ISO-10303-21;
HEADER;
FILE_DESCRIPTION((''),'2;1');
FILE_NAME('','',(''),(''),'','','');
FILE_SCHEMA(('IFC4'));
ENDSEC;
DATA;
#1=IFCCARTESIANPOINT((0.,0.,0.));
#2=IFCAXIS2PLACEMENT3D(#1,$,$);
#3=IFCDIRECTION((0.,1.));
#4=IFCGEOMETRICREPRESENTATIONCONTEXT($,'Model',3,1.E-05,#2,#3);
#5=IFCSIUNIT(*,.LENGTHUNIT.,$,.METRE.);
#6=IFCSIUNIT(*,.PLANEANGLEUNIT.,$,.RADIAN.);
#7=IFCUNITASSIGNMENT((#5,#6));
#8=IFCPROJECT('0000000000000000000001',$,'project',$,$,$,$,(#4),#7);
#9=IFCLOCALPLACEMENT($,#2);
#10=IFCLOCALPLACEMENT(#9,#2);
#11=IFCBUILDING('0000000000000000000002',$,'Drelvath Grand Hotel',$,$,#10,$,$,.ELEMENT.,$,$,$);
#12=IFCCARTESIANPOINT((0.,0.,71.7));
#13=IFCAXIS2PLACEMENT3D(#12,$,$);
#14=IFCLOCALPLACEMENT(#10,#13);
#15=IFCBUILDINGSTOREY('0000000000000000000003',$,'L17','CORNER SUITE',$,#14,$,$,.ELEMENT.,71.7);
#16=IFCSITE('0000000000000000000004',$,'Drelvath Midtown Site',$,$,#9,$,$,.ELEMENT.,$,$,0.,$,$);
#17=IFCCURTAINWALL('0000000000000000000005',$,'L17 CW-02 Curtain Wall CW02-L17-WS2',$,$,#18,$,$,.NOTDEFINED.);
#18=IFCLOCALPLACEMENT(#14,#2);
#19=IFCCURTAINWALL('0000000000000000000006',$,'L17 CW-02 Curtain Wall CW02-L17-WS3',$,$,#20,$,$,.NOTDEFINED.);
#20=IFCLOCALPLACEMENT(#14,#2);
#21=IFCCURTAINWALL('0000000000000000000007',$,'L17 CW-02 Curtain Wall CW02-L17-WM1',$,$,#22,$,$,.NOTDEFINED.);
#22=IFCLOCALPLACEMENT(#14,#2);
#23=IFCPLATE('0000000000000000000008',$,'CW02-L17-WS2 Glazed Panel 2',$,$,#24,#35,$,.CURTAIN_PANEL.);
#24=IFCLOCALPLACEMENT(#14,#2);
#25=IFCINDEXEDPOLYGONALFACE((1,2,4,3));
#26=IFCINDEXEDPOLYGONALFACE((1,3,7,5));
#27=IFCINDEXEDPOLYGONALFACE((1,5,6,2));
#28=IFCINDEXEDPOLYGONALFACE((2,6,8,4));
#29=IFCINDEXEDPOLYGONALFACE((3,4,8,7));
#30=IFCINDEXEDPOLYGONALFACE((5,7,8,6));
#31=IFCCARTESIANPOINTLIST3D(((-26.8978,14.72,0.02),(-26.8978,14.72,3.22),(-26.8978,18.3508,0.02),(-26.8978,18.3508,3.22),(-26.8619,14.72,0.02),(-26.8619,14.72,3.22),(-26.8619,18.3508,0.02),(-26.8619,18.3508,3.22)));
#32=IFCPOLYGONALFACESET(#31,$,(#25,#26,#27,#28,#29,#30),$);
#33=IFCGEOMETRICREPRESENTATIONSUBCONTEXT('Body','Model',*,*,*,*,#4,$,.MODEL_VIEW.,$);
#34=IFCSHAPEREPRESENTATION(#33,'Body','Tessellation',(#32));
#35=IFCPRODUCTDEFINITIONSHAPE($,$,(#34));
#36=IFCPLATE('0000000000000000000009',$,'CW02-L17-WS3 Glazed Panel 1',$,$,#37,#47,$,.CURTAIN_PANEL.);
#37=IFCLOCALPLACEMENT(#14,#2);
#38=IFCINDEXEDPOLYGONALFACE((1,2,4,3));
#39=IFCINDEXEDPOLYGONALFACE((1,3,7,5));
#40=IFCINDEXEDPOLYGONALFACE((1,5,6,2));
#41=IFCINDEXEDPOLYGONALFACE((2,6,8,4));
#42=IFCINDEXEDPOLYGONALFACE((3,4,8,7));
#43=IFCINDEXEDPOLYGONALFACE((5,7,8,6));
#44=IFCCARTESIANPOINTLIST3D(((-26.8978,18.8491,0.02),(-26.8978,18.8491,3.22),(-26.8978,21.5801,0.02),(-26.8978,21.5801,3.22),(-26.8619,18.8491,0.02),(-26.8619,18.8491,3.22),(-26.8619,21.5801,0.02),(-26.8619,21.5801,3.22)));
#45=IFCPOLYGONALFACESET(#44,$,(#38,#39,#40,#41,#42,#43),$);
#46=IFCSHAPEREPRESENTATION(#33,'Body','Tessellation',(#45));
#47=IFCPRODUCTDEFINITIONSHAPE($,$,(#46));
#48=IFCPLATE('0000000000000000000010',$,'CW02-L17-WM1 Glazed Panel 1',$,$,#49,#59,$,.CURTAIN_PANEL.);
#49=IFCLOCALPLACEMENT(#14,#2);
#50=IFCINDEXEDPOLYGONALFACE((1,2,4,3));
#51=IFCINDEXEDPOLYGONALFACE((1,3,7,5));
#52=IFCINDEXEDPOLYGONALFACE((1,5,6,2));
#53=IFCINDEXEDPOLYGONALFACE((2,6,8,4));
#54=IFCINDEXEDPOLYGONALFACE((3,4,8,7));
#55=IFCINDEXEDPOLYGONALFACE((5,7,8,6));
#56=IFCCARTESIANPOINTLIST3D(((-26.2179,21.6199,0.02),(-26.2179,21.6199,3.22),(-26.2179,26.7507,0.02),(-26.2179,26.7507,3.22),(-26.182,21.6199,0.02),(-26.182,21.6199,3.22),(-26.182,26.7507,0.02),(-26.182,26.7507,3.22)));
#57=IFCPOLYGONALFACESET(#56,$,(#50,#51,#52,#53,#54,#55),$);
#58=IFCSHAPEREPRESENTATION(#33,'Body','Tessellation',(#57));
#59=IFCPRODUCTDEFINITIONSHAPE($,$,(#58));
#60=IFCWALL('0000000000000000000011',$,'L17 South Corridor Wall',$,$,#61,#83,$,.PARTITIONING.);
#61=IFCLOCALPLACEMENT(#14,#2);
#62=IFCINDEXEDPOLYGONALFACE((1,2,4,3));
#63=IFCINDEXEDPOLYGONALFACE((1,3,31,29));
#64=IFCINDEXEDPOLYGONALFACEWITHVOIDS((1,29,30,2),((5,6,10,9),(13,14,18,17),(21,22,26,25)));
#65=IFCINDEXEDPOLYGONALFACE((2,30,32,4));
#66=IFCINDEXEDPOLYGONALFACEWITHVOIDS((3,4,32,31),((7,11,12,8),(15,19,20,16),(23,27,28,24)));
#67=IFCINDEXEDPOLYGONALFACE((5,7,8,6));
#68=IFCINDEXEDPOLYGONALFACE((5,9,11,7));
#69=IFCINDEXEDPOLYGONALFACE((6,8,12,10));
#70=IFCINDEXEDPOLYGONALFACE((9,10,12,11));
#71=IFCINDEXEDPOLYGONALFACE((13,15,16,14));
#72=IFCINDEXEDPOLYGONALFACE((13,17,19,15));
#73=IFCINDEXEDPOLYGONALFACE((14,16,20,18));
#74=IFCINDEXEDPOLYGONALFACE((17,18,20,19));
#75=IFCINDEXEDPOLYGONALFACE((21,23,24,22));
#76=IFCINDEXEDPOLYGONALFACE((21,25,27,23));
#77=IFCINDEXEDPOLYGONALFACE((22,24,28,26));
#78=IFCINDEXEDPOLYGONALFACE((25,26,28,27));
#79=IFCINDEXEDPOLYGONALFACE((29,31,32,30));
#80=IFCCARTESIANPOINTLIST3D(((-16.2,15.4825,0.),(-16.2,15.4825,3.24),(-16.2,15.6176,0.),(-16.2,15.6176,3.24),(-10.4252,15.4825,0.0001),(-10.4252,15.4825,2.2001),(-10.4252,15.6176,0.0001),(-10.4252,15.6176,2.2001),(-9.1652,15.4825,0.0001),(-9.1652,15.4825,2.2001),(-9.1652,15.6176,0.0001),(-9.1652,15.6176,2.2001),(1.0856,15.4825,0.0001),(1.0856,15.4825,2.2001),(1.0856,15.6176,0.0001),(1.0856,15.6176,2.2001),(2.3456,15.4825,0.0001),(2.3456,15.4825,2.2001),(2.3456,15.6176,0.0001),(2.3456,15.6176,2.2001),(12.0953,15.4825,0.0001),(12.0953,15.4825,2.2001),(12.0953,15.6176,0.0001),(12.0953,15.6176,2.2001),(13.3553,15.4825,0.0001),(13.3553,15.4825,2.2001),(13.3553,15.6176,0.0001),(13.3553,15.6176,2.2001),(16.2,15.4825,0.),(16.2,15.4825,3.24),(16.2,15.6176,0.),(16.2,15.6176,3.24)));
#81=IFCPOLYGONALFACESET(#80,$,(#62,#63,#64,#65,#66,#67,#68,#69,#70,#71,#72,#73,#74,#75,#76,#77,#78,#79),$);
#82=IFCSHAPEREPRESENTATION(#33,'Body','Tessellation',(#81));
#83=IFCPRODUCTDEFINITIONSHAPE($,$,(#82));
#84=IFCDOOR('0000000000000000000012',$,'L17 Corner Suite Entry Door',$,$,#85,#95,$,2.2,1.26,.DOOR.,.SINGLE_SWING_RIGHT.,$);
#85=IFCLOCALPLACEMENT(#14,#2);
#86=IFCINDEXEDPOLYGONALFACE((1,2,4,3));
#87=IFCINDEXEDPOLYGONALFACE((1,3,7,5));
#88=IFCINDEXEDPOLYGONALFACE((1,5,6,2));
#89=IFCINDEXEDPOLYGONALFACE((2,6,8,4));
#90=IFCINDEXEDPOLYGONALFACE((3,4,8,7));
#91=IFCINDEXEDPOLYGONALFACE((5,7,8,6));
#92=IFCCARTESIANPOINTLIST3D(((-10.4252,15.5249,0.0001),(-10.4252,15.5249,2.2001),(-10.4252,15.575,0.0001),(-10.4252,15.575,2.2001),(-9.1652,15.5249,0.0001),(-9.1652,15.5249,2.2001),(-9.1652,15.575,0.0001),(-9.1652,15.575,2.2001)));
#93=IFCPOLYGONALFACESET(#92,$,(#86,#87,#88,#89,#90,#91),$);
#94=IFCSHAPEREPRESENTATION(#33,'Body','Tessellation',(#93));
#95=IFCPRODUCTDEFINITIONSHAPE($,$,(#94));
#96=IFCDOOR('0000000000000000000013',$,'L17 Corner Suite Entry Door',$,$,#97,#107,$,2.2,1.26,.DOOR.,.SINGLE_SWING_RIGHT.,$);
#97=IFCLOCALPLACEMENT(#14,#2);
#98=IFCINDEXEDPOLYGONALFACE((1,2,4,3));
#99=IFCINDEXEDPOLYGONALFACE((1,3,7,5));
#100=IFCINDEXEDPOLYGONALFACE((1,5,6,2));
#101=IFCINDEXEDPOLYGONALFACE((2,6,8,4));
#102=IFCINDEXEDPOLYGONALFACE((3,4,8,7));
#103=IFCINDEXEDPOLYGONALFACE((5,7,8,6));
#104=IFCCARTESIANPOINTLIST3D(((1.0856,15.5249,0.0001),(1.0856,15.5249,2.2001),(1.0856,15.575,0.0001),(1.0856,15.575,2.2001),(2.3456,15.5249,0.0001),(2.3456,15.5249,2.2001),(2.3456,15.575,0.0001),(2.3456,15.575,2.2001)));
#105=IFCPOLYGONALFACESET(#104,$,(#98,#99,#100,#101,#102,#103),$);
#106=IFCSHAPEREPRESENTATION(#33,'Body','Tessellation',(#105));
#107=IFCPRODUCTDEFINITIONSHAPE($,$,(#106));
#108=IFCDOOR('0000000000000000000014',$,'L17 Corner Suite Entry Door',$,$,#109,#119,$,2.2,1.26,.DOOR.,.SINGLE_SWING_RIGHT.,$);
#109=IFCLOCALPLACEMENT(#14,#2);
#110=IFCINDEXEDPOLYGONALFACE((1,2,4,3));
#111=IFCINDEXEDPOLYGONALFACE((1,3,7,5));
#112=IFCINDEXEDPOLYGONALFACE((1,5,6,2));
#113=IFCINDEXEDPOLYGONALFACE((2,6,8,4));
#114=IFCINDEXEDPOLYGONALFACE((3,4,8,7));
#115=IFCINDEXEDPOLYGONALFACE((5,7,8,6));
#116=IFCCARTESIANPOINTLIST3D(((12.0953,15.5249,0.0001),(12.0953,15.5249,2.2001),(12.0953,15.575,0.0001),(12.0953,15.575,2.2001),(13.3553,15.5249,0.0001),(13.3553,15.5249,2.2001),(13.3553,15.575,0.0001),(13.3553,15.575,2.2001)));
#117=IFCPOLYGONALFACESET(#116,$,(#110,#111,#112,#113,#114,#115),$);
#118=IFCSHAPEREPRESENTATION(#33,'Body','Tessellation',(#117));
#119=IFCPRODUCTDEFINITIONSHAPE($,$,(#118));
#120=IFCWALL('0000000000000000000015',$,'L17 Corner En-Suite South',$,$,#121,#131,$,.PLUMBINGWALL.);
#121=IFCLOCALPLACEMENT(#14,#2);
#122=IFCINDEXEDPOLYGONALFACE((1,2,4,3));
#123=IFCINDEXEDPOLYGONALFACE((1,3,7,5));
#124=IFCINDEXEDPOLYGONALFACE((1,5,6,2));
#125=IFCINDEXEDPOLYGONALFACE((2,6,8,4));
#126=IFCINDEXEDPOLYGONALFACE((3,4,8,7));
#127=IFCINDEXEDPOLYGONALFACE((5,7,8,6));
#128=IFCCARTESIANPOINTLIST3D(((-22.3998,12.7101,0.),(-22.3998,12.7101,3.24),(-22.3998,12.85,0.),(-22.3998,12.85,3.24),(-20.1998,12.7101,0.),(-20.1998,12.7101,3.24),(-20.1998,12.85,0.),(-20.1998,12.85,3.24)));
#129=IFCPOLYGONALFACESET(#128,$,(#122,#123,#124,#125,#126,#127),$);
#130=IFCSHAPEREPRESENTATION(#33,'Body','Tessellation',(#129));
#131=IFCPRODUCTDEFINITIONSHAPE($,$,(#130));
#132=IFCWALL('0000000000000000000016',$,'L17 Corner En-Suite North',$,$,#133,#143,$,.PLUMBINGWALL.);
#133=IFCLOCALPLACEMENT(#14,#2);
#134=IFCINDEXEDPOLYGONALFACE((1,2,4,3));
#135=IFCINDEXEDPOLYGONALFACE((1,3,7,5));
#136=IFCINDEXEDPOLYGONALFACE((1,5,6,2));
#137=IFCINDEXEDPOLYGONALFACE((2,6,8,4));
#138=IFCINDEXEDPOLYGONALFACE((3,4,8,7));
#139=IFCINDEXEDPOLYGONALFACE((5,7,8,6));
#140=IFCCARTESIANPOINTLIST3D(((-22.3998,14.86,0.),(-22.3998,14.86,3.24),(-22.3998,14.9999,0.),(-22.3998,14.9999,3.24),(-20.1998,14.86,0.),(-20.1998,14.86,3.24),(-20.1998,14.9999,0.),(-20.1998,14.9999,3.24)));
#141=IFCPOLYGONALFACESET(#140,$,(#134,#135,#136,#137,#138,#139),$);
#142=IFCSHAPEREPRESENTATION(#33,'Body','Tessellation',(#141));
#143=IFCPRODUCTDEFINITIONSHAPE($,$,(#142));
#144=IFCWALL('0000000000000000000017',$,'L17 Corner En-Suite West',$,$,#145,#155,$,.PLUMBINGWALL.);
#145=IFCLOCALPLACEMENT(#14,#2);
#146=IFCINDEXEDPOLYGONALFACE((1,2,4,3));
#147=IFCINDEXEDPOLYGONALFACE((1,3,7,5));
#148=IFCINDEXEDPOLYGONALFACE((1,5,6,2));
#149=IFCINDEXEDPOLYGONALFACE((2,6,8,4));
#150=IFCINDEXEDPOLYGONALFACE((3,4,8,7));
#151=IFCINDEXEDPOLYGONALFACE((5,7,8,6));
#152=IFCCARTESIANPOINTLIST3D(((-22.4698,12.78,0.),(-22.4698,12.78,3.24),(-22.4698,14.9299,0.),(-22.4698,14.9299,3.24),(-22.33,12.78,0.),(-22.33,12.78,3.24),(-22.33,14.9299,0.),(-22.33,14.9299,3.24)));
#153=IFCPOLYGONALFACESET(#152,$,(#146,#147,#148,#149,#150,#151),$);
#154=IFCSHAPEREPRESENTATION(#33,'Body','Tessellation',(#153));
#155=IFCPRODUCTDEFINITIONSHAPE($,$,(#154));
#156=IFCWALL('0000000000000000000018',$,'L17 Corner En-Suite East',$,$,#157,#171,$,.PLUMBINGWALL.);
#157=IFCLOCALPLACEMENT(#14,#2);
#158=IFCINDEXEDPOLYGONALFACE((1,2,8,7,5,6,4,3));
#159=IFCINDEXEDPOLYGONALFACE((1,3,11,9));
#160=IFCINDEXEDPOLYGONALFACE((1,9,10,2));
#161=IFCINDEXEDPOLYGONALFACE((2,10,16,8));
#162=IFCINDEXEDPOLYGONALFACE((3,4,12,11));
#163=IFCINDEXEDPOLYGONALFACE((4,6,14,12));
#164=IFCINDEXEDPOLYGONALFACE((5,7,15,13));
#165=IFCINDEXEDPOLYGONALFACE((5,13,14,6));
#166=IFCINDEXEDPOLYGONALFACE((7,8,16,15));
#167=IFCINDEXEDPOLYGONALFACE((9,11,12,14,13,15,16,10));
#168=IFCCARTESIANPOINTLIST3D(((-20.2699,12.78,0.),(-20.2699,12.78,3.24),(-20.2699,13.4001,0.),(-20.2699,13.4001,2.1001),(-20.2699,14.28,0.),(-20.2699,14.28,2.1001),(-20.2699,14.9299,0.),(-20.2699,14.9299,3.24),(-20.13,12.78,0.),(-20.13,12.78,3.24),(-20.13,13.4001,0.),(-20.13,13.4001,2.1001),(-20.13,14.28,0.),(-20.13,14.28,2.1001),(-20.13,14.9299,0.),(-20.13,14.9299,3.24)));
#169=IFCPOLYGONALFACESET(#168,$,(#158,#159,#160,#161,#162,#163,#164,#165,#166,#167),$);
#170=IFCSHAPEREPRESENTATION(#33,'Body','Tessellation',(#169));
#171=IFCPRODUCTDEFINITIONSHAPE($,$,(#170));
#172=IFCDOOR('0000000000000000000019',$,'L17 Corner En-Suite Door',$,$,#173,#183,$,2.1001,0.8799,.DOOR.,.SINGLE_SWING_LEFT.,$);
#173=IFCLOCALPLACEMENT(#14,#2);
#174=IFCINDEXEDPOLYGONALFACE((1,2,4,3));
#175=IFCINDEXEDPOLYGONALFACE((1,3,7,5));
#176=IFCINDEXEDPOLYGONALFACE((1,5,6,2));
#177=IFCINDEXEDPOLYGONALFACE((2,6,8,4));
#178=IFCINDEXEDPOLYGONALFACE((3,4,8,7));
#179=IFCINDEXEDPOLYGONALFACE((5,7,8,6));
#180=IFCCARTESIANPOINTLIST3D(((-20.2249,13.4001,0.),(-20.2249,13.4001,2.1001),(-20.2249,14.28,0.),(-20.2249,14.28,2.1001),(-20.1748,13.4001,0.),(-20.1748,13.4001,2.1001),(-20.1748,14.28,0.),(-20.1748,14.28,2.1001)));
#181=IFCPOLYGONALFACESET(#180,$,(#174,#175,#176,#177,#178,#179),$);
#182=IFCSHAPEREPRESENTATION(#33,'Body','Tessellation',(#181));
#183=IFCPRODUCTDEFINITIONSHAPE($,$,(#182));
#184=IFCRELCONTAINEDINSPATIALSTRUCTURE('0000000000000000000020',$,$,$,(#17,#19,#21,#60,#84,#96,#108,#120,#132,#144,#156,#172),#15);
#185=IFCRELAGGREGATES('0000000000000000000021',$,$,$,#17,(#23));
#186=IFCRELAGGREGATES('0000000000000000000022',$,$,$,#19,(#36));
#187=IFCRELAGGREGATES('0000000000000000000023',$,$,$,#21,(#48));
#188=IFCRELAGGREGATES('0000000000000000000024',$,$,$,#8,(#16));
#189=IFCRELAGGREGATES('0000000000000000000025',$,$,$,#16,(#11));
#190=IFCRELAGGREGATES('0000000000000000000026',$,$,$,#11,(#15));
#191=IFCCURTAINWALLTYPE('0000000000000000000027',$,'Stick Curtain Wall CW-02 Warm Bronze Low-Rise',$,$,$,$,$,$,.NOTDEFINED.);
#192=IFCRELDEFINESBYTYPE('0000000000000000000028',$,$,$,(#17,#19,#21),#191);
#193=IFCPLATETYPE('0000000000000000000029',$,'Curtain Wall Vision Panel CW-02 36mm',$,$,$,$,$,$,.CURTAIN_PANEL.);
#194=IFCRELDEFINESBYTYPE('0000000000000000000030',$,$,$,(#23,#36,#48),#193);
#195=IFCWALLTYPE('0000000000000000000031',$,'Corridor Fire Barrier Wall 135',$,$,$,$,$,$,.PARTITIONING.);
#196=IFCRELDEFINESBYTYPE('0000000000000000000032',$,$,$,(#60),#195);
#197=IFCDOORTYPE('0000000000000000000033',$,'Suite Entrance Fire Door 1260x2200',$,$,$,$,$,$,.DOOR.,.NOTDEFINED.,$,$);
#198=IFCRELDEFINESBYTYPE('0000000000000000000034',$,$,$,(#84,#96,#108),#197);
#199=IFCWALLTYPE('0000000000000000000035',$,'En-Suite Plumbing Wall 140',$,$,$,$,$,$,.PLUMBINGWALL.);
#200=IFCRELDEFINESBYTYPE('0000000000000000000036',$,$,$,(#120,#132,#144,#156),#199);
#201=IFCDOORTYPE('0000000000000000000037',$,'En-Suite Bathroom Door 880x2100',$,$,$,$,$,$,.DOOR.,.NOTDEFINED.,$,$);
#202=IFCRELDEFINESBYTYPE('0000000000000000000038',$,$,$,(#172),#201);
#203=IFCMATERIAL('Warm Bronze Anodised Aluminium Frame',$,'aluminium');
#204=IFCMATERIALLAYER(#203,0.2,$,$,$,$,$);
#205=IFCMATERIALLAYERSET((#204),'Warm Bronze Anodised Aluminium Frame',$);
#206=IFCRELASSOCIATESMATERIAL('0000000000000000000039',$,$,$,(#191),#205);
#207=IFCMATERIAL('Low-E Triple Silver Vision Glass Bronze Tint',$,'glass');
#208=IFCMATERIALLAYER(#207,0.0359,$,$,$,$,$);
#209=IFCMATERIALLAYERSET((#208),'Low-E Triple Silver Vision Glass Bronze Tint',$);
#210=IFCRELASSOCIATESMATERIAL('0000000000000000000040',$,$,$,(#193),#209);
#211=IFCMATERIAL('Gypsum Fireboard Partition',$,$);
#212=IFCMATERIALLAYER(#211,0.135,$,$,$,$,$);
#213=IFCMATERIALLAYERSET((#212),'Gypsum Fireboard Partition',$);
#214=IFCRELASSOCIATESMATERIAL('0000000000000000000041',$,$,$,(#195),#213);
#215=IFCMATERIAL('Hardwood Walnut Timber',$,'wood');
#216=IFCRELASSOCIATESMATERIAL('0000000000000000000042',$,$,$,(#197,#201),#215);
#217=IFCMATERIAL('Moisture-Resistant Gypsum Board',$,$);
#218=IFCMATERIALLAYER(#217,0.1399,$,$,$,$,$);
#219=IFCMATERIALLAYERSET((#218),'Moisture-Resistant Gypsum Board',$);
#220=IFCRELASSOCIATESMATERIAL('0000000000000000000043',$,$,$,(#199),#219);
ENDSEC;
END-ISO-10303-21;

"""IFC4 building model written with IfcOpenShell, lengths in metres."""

from ifc_helpers import new_model, si_unit, direction, frame, frame_2d, origin, origin_2d, place, context, subcontext, project, spatial, rectangle, extrude, material, layer, layer_set, type_object, element, fill, aggregate, save


model = new_model("IFC4")

# Units and contexts
model_context = context("Model", 3, precision=1e-05, world=origin(), true_north=direction((0.0, 1.0)))
body_context = subcontext(model_context, "Body", "Model", "MODEL_VIEW")
ifc_project = project(units=[si_unit("LENGTHUNIT", "METRE"), si_unit("PLANEANGLEUNIT", "RADIAN")], contexts=[model_context])

# Site, building, storey
site_placement = place(None, origin())
site = spatial("IfcSite", under=ifc_project, at=site_placement, Name="Drelvath Midtown Site", CompositionType="ELEMENT", RefElevation=0.0)
building_placement = place(site_placement, origin())
building = spatial("IfcBuilding", under=site, at=building_placement, Name="Drelvath Grand Hotel", CompositionType="ELEMENT")
storey_placement = place(building_placement, frame((0.0, 0.0, 71.7)))
storey = spatial("IfcBuildingStorey", under=building, at=storey_placement, Name="L17", Description="CORNER SUITE", CompositionType="ELEMENT", Elevation=71.7)

# Curtain walls
ifc_material_1 = material(Name="Warm Bronze Anodised Aluminium Frame", Category="aluminium")
ifc_layer_1 = layer(ifc_material_1, 0.2)
ifc_layer_set_1 = layer_set([ifc_layer_1], Name="Warm Bronze Anodised Aluminium Frame")
curtain_wall_type = type_object("IfcCurtainWallType", Name="Stick Curtain Wall CW-02 Warm Bronze Low-Rise", PredefinedType="NOTDEFINED", material=ifc_layer_set_1)
curtain_wall_1_placement = place(storey_placement, origin())
curtain_wall_1 = element("IfcCurtainWall", 1, at=curtain_wall_1_placement, inside=storey, type_object=curtain_wall_type, Name="L17 CW-02 Curtain Wall CW02-L17-WS2", PredefinedType="NOTDEFINED")
curtain_wall_2_placement = place(storey_placement, origin())
curtain_wall_2 = element("IfcCurtainWall", 2, at=curtain_wall_2_placement, inside=storey, type_object=curtain_wall_type, Name="L17 CW-02 Curtain Wall CW02-L17-WS3", PredefinedType="NOTDEFINED")
curtain_wall_3_placement = place(storey_placement, origin())
curtain_wall_3 = element("IfcCurtainWall", 3, at=curtain_wall_3_placement, inside=storey, type_object=curtain_wall_type, Name="L17 CW-02 Curtain Wall CW02-L17-WM1", PredefinedType="NOTDEFINED")

# Plates
ifc_material_2 = material(Name="Low-E Triple Silver Vision Glass Bronze Tint", Category="glass")
ifc_layer_2 = layer(ifc_material_2, 0.0359)
ifc_layer_set_2 = layer_set([ifc_layer_2], Name="Low-E Triple Silver Vision Glass Bronze Tint")
plate_type = type_object("IfcPlateType", Name="Curtain Wall Vision Panel CW-02 36mm", PredefinedType="CURTAIN_PANEL", material=ifc_layer_set_2)
plate_1_placement = place(storey_placement, frame((-26.8799, 16.5354, 0.02), z_axis=(0.0, 0.0, 1.0), x_axis=(0.0, 1.0, 0.0)))
plate_1 = element("IfcPlate", 4, at=plate_1_placement, type_object=plate_type, Name="CW02-L17-WS2 Glazed Panel 2", PredefinedType="CURTAIN_PANEL", context=body_context, shape_type="SweptSolid", body=[
    extrude(rectangle(XDim=3.6309, YDim=0.0359, at=origin_2d()), origin(), (0.0, 0.0, 1.0), 3.2),
])
aggregate(curtain_wall_1, [plate_1])
plate_2_placement = place(storey_placement, frame((-26.8799, 20.2146, 0.02), z_axis=(0.0, 0.0, 1.0), x_axis=(0.0, 1.0, 0.0)))
plate_2 = element("IfcPlate", 5, at=plate_2_placement, type_object=plate_type, Name="CW02-L17-WS3 Glazed Panel 1", PredefinedType="CURTAIN_PANEL", context=body_context, shape_type="SweptSolid", body=[
    extrude(rectangle(XDim=2.731, YDim=0.0359, at=origin_2d()), origin(), (0.0, 0.0, 1.0), 3.2),
])
aggregate(curtain_wall_2, [plate_2])
plate_3_placement = place(storey_placement, frame((-26.2, 24.1853, 0.02), z_axis=(0.0, 0.0, 1.0), x_axis=(0.0, 1.0, 0.0)))
plate_3 = element("IfcPlate", 6, at=plate_3_placement, type_object=plate_type, Name="CW02-L17-WM1 Glazed Panel 1", PredefinedType="CURTAIN_PANEL", context=body_context, shape_type="SweptSolid", body=[
    extrude(rectangle(XDim=5.1309, YDim=0.0359, at=origin_2d()), origin(), (0.0, 0.0, 1.0), 3.2),
])
aggregate(curtain_wall_3, [plate_3])

# Wall, openings, doors
ifc_material_3 = material(Name="Gypsum Fireboard Partition")
ifc_layer_3 = layer(ifc_material_3, 0.135)
ifc_layer_set_3 = layer_set([ifc_layer_3], Name="Gypsum Fireboard Partition")
wall_type_1 = type_object("IfcWallType", Name="Corridor Fire Barrier Wall 135", PredefinedType="PARTITIONING", material=ifc_layer_set_3)
wall_1_placement = place(storey_placement, frame((-16.2, 15.55, 0.0), z_axis=(0.0, 0.0, 1.0), x_axis=(1.0, 0.0, 0.0)))
wall_1 = element("IfcWall", 7, at=wall_1_placement, inside=storey, type_object=wall_type_1, Name="L17 South Corridor Wall", PredefinedType="PARTITIONING", context=body_context, shape_type="SweptSolid", body=[
    extrude(rectangle(XDim=32.3999, YDim=0.135, at=frame_2d((16.2, 0.0))), origin(), (0.0, 0.0, 1.0), 3.24),
])
opening_1_placement = place(wall_1_placement, frame((5.7749, 0.0, 0.0)))
opening_1 = element("IfcOpeningElement", 8, at=opening_1_placement, cuts=wall_1, PredefinedType="OPENING", context=body_context, shape_type="SweptSolid", body=[
    extrude(rectangle(XDim=1.26, YDim=2.2, at=frame_2d((0.6299, 1.1001))), frame((0.0, 0.0774, 0.0), z_axis=(0.0, -1.0, 0.0), x_axis=(1.0, 0.0, 0.0)), (0.0, 0.0, 1.0), 0.155),
])
opening_2_placement = place(wall_1_placement, frame((17.2856, 0.0, 0.0)))
opening_2 = element("IfcOpeningElement", 9, at=opening_2_placement, cuts=wall_1, PredefinedType="OPENING", context=body_context, shape_type="SweptSolid", body=[
    extrude(rectangle(XDim=1.26, YDim=2.2, at=frame_2d((0.6299, 1.1001))), frame((0.0, 0.0774, 0.0), z_axis=(0.0, -1.0, 0.0), x_axis=(1.0, 0.0, 0.0)), (0.0, 0.0, 1.0), 0.155),
])
opening_3_placement = place(wall_1_placement, frame((28.2954, 0.0, 0.0)))
opening_3 = element("IfcOpeningElement", 10, at=opening_3_placement, cuts=wall_1, PredefinedType="OPENING", context=body_context, shape_type="SweptSolid", body=[
    extrude(rectangle(XDim=1.26, YDim=2.2, at=frame_2d((0.6299, 1.1001))), frame((0.0, 0.0774, 0.0), z_axis=(0.0, -1.0, 0.0), x_axis=(1.0, 0.0, 0.0)), (0.0, 0.0, 1.0), 0.155),
])
ifc_material_4 = material(Name="Hardwood Walnut Timber", Category="wood")
door_type_1 = type_object("IfcDoorType", Name="Suite Entrance Fire Door 1260x2200", OperationType="NOTDEFINED", PredefinedType="DOOR", material=ifc_material_4)
door_1_placement = place(opening_1_placement, origin())
door_1 = element("IfcDoor", 11, at=door_1_placement, inside=storey, type_object=door_type_1, Name="L17 Corner Suite Entry Door", OperationType="SINGLE_SWING_RIGHT", OverallHeight=2.2, OverallWidth=1.26, PredefinedType="DOOR", context=body_context, shape_type="SweptSolid", body=[
    extrude(rectangle(XDim=1.26, YDim=2.2, at=frame_2d((0.6299, 1.1001))), frame((0.0, 0.0249, 0.0), z_axis=(0.0, -1.0, 0.0), x_axis=(1.0, 0.0, 0.0)), (0.0, 0.0, 1.0), 0.05),
])
fill(opening_1, door_1)
door_2_placement = place(opening_2_placement, origin())
door_2 = element("IfcDoor", 12, at=door_2_placement, inside=storey, type_object=door_type_1, Name="L17 Corner Suite Entry Door", OperationType="SINGLE_SWING_RIGHT", OverallHeight=2.2, OverallWidth=1.26, PredefinedType="DOOR", context=body_context, shape_type="SweptSolid", body=[
    extrude(rectangle(XDim=1.26, YDim=2.2, at=frame_2d((0.6299, 1.1001))), frame((0.0, 0.0249, 0.0), z_axis=(0.0, -1.0, 0.0), x_axis=(1.0, 0.0, 0.0)), (0.0, 0.0, 1.0), 0.05),
])
fill(opening_2, door_2)
door_3_placement = place(opening_3_placement, origin())
door_3 = element("IfcDoor", 13, at=door_3_placement, inside=storey, type_object=door_type_1, Name="L17 Corner Suite Entry Door", OperationType="SINGLE_SWING_RIGHT", OverallHeight=2.2, OverallWidth=1.26, PredefinedType="DOOR", context=body_context, shape_type="SweptSolid", body=[
    extrude(rectangle(XDim=1.26, YDim=2.2, at=frame_2d((0.6299, 1.1001))), frame((0.0, 0.0249, 0.0), z_axis=(0.0, -1.0, 0.0), x_axis=(1.0, 0.0, 0.0)), (0.0, 0.0, 1.0), 0.05),
])
fill(opening_3, door_3)

# Walls
ifc_material_5 = material(Name="Moisture-Resistant Gypsum Board")
ifc_layer_4 = layer(ifc_material_5, 0.1399)
ifc_layer_set_4 = layer_set([ifc_layer_4], Name="Moisture-Resistant Gypsum Board")
wall_type_2 = type_object("IfcWallType", Name="En-Suite Plumbing Wall 140", PredefinedType="PLUMBINGWALL", material=ifc_layer_set_4)
for number, where, z_axis, x_axis, name in (
    (14, (-22.3999, 12.78, 0.0), (0.0, 0.0, 1.0), (1.0, 0.0, 0.0), "L17 Corner En-Suite South"),
    (15, (-22.3999, 14.9299, 0.0), (0.0, 0.0, 1.0), (1.0, 0.0, 0.0), "L17 Corner En-Suite North"),
):
    element("IfcWall", number, at=place(storey_placement, frame(where, z_axis=z_axis, x_axis=x_axis)), inside=storey, type_object=wall_type_2, Name=name, PredefinedType="PLUMBINGWALL", context=body_context, shape_type="SweptSolid", body=[
        extrude(rectangle(XDim=2.2, YDim=0.1399, at=frame_2d((1.1001, 0.0))), origin(), (0.0, 0.0, 1.0), 3.24),
    ])
wall_2_placement = place(storey_placement, frame((-22.3999, 12.78, 0.0), z_axis=(0.0, 0.0, 1.0), x_axis=(0.0, 1.0, 0.0)))
element("IfcWall", 16, at=wall_2_placement, inside=storey, type_object=wall_type_2, Name="L17 Corner En-Suite West", PredefinedType="PLUMBINGWALL", context=body_context, shape_type="SweptSolid", body=[
    extrude(rectangle(XDim=2.1499, YDim=0.1399, at=frame_2d((1.075, 0.0))), origin(), (0.0, 0.0, 1.0), 3.24),
])

# Wall, opening, door
wall_3_placement = place(storey_placement, frame((-20.2, 12.78, 0.0), z_axis=(0.0, 0.0, 1.0), x_axis=(0.0, 1.0, 0.0)))
wall_3 = element("IfcWall", 17, at=wall_3_placement, inside=storey, type_object=wall_type_2, Name="L17 Corner En-Suite East", PredefinedType="PLUMBINGWALL", context=body_context, shape_type="SweptSolid", body=[
    extrude(rectangle(XDim=2.1499, YDim=0.1399, at=frame_2d((1.075, 0.0))), origin(), (0.0, 0.0, 1.0), 3.24),
])
opening_4_placement = place(wall_3_placement, frame((0.6201, 0.0, 0.0)))
opening_4 = element("IfcOpeningElement", 18, at=opening_4_placement, cuts=wall_3, PredefinedType="OPENING", context=body_context, shape_type="SweptSolid", body=[
    extrude(rectangle(XDim=0.8799, YDim=2.1001, at=frame_2d((0.4399, 1.05))), frame((0.0, 0.0798, 0.0), z_axis=(0.0, -1.0, 0.0), x_axis=(1.0, 0.0, 0.0)), (0.0, 0.0, 1.0), 0.1599),
])
door_type_2 = type_object("IfcDoorType", Name="En-Suite Bathroom Door 880x2100", OperationType="NOTDEFINED", PredefinedType="DOOR", material=ifc_material_4)
door_4_placement = place(opening_4_placement, origin())
door_4 = element("IfcDoor", 19, at=door_4_placement, inside=storey, type_object=door_type_2, Name="L17 Corner En-Suite Door", OperationType="SINGLE_SWING_LEFT", OverallHeight=2.1001, OverallWidth=0.8799, PredefinedType="DOOR", context=body_context, shape_type="SweptSolid", body=[
    extrude(rectangle(XDim=0.8799, YDim=2.1001, at=frame_2d((0.4399, 1.05))), frame((0.0, 0.0249, 0.0), z_axis=(0.0, -1.0, 0.0), x_axis=(1.0, 0.0, 0.0)), (0.0, 0.0, 1.0), 0.05),
])
fill(opening_4, door_4)

save(model, "model.ifc")
